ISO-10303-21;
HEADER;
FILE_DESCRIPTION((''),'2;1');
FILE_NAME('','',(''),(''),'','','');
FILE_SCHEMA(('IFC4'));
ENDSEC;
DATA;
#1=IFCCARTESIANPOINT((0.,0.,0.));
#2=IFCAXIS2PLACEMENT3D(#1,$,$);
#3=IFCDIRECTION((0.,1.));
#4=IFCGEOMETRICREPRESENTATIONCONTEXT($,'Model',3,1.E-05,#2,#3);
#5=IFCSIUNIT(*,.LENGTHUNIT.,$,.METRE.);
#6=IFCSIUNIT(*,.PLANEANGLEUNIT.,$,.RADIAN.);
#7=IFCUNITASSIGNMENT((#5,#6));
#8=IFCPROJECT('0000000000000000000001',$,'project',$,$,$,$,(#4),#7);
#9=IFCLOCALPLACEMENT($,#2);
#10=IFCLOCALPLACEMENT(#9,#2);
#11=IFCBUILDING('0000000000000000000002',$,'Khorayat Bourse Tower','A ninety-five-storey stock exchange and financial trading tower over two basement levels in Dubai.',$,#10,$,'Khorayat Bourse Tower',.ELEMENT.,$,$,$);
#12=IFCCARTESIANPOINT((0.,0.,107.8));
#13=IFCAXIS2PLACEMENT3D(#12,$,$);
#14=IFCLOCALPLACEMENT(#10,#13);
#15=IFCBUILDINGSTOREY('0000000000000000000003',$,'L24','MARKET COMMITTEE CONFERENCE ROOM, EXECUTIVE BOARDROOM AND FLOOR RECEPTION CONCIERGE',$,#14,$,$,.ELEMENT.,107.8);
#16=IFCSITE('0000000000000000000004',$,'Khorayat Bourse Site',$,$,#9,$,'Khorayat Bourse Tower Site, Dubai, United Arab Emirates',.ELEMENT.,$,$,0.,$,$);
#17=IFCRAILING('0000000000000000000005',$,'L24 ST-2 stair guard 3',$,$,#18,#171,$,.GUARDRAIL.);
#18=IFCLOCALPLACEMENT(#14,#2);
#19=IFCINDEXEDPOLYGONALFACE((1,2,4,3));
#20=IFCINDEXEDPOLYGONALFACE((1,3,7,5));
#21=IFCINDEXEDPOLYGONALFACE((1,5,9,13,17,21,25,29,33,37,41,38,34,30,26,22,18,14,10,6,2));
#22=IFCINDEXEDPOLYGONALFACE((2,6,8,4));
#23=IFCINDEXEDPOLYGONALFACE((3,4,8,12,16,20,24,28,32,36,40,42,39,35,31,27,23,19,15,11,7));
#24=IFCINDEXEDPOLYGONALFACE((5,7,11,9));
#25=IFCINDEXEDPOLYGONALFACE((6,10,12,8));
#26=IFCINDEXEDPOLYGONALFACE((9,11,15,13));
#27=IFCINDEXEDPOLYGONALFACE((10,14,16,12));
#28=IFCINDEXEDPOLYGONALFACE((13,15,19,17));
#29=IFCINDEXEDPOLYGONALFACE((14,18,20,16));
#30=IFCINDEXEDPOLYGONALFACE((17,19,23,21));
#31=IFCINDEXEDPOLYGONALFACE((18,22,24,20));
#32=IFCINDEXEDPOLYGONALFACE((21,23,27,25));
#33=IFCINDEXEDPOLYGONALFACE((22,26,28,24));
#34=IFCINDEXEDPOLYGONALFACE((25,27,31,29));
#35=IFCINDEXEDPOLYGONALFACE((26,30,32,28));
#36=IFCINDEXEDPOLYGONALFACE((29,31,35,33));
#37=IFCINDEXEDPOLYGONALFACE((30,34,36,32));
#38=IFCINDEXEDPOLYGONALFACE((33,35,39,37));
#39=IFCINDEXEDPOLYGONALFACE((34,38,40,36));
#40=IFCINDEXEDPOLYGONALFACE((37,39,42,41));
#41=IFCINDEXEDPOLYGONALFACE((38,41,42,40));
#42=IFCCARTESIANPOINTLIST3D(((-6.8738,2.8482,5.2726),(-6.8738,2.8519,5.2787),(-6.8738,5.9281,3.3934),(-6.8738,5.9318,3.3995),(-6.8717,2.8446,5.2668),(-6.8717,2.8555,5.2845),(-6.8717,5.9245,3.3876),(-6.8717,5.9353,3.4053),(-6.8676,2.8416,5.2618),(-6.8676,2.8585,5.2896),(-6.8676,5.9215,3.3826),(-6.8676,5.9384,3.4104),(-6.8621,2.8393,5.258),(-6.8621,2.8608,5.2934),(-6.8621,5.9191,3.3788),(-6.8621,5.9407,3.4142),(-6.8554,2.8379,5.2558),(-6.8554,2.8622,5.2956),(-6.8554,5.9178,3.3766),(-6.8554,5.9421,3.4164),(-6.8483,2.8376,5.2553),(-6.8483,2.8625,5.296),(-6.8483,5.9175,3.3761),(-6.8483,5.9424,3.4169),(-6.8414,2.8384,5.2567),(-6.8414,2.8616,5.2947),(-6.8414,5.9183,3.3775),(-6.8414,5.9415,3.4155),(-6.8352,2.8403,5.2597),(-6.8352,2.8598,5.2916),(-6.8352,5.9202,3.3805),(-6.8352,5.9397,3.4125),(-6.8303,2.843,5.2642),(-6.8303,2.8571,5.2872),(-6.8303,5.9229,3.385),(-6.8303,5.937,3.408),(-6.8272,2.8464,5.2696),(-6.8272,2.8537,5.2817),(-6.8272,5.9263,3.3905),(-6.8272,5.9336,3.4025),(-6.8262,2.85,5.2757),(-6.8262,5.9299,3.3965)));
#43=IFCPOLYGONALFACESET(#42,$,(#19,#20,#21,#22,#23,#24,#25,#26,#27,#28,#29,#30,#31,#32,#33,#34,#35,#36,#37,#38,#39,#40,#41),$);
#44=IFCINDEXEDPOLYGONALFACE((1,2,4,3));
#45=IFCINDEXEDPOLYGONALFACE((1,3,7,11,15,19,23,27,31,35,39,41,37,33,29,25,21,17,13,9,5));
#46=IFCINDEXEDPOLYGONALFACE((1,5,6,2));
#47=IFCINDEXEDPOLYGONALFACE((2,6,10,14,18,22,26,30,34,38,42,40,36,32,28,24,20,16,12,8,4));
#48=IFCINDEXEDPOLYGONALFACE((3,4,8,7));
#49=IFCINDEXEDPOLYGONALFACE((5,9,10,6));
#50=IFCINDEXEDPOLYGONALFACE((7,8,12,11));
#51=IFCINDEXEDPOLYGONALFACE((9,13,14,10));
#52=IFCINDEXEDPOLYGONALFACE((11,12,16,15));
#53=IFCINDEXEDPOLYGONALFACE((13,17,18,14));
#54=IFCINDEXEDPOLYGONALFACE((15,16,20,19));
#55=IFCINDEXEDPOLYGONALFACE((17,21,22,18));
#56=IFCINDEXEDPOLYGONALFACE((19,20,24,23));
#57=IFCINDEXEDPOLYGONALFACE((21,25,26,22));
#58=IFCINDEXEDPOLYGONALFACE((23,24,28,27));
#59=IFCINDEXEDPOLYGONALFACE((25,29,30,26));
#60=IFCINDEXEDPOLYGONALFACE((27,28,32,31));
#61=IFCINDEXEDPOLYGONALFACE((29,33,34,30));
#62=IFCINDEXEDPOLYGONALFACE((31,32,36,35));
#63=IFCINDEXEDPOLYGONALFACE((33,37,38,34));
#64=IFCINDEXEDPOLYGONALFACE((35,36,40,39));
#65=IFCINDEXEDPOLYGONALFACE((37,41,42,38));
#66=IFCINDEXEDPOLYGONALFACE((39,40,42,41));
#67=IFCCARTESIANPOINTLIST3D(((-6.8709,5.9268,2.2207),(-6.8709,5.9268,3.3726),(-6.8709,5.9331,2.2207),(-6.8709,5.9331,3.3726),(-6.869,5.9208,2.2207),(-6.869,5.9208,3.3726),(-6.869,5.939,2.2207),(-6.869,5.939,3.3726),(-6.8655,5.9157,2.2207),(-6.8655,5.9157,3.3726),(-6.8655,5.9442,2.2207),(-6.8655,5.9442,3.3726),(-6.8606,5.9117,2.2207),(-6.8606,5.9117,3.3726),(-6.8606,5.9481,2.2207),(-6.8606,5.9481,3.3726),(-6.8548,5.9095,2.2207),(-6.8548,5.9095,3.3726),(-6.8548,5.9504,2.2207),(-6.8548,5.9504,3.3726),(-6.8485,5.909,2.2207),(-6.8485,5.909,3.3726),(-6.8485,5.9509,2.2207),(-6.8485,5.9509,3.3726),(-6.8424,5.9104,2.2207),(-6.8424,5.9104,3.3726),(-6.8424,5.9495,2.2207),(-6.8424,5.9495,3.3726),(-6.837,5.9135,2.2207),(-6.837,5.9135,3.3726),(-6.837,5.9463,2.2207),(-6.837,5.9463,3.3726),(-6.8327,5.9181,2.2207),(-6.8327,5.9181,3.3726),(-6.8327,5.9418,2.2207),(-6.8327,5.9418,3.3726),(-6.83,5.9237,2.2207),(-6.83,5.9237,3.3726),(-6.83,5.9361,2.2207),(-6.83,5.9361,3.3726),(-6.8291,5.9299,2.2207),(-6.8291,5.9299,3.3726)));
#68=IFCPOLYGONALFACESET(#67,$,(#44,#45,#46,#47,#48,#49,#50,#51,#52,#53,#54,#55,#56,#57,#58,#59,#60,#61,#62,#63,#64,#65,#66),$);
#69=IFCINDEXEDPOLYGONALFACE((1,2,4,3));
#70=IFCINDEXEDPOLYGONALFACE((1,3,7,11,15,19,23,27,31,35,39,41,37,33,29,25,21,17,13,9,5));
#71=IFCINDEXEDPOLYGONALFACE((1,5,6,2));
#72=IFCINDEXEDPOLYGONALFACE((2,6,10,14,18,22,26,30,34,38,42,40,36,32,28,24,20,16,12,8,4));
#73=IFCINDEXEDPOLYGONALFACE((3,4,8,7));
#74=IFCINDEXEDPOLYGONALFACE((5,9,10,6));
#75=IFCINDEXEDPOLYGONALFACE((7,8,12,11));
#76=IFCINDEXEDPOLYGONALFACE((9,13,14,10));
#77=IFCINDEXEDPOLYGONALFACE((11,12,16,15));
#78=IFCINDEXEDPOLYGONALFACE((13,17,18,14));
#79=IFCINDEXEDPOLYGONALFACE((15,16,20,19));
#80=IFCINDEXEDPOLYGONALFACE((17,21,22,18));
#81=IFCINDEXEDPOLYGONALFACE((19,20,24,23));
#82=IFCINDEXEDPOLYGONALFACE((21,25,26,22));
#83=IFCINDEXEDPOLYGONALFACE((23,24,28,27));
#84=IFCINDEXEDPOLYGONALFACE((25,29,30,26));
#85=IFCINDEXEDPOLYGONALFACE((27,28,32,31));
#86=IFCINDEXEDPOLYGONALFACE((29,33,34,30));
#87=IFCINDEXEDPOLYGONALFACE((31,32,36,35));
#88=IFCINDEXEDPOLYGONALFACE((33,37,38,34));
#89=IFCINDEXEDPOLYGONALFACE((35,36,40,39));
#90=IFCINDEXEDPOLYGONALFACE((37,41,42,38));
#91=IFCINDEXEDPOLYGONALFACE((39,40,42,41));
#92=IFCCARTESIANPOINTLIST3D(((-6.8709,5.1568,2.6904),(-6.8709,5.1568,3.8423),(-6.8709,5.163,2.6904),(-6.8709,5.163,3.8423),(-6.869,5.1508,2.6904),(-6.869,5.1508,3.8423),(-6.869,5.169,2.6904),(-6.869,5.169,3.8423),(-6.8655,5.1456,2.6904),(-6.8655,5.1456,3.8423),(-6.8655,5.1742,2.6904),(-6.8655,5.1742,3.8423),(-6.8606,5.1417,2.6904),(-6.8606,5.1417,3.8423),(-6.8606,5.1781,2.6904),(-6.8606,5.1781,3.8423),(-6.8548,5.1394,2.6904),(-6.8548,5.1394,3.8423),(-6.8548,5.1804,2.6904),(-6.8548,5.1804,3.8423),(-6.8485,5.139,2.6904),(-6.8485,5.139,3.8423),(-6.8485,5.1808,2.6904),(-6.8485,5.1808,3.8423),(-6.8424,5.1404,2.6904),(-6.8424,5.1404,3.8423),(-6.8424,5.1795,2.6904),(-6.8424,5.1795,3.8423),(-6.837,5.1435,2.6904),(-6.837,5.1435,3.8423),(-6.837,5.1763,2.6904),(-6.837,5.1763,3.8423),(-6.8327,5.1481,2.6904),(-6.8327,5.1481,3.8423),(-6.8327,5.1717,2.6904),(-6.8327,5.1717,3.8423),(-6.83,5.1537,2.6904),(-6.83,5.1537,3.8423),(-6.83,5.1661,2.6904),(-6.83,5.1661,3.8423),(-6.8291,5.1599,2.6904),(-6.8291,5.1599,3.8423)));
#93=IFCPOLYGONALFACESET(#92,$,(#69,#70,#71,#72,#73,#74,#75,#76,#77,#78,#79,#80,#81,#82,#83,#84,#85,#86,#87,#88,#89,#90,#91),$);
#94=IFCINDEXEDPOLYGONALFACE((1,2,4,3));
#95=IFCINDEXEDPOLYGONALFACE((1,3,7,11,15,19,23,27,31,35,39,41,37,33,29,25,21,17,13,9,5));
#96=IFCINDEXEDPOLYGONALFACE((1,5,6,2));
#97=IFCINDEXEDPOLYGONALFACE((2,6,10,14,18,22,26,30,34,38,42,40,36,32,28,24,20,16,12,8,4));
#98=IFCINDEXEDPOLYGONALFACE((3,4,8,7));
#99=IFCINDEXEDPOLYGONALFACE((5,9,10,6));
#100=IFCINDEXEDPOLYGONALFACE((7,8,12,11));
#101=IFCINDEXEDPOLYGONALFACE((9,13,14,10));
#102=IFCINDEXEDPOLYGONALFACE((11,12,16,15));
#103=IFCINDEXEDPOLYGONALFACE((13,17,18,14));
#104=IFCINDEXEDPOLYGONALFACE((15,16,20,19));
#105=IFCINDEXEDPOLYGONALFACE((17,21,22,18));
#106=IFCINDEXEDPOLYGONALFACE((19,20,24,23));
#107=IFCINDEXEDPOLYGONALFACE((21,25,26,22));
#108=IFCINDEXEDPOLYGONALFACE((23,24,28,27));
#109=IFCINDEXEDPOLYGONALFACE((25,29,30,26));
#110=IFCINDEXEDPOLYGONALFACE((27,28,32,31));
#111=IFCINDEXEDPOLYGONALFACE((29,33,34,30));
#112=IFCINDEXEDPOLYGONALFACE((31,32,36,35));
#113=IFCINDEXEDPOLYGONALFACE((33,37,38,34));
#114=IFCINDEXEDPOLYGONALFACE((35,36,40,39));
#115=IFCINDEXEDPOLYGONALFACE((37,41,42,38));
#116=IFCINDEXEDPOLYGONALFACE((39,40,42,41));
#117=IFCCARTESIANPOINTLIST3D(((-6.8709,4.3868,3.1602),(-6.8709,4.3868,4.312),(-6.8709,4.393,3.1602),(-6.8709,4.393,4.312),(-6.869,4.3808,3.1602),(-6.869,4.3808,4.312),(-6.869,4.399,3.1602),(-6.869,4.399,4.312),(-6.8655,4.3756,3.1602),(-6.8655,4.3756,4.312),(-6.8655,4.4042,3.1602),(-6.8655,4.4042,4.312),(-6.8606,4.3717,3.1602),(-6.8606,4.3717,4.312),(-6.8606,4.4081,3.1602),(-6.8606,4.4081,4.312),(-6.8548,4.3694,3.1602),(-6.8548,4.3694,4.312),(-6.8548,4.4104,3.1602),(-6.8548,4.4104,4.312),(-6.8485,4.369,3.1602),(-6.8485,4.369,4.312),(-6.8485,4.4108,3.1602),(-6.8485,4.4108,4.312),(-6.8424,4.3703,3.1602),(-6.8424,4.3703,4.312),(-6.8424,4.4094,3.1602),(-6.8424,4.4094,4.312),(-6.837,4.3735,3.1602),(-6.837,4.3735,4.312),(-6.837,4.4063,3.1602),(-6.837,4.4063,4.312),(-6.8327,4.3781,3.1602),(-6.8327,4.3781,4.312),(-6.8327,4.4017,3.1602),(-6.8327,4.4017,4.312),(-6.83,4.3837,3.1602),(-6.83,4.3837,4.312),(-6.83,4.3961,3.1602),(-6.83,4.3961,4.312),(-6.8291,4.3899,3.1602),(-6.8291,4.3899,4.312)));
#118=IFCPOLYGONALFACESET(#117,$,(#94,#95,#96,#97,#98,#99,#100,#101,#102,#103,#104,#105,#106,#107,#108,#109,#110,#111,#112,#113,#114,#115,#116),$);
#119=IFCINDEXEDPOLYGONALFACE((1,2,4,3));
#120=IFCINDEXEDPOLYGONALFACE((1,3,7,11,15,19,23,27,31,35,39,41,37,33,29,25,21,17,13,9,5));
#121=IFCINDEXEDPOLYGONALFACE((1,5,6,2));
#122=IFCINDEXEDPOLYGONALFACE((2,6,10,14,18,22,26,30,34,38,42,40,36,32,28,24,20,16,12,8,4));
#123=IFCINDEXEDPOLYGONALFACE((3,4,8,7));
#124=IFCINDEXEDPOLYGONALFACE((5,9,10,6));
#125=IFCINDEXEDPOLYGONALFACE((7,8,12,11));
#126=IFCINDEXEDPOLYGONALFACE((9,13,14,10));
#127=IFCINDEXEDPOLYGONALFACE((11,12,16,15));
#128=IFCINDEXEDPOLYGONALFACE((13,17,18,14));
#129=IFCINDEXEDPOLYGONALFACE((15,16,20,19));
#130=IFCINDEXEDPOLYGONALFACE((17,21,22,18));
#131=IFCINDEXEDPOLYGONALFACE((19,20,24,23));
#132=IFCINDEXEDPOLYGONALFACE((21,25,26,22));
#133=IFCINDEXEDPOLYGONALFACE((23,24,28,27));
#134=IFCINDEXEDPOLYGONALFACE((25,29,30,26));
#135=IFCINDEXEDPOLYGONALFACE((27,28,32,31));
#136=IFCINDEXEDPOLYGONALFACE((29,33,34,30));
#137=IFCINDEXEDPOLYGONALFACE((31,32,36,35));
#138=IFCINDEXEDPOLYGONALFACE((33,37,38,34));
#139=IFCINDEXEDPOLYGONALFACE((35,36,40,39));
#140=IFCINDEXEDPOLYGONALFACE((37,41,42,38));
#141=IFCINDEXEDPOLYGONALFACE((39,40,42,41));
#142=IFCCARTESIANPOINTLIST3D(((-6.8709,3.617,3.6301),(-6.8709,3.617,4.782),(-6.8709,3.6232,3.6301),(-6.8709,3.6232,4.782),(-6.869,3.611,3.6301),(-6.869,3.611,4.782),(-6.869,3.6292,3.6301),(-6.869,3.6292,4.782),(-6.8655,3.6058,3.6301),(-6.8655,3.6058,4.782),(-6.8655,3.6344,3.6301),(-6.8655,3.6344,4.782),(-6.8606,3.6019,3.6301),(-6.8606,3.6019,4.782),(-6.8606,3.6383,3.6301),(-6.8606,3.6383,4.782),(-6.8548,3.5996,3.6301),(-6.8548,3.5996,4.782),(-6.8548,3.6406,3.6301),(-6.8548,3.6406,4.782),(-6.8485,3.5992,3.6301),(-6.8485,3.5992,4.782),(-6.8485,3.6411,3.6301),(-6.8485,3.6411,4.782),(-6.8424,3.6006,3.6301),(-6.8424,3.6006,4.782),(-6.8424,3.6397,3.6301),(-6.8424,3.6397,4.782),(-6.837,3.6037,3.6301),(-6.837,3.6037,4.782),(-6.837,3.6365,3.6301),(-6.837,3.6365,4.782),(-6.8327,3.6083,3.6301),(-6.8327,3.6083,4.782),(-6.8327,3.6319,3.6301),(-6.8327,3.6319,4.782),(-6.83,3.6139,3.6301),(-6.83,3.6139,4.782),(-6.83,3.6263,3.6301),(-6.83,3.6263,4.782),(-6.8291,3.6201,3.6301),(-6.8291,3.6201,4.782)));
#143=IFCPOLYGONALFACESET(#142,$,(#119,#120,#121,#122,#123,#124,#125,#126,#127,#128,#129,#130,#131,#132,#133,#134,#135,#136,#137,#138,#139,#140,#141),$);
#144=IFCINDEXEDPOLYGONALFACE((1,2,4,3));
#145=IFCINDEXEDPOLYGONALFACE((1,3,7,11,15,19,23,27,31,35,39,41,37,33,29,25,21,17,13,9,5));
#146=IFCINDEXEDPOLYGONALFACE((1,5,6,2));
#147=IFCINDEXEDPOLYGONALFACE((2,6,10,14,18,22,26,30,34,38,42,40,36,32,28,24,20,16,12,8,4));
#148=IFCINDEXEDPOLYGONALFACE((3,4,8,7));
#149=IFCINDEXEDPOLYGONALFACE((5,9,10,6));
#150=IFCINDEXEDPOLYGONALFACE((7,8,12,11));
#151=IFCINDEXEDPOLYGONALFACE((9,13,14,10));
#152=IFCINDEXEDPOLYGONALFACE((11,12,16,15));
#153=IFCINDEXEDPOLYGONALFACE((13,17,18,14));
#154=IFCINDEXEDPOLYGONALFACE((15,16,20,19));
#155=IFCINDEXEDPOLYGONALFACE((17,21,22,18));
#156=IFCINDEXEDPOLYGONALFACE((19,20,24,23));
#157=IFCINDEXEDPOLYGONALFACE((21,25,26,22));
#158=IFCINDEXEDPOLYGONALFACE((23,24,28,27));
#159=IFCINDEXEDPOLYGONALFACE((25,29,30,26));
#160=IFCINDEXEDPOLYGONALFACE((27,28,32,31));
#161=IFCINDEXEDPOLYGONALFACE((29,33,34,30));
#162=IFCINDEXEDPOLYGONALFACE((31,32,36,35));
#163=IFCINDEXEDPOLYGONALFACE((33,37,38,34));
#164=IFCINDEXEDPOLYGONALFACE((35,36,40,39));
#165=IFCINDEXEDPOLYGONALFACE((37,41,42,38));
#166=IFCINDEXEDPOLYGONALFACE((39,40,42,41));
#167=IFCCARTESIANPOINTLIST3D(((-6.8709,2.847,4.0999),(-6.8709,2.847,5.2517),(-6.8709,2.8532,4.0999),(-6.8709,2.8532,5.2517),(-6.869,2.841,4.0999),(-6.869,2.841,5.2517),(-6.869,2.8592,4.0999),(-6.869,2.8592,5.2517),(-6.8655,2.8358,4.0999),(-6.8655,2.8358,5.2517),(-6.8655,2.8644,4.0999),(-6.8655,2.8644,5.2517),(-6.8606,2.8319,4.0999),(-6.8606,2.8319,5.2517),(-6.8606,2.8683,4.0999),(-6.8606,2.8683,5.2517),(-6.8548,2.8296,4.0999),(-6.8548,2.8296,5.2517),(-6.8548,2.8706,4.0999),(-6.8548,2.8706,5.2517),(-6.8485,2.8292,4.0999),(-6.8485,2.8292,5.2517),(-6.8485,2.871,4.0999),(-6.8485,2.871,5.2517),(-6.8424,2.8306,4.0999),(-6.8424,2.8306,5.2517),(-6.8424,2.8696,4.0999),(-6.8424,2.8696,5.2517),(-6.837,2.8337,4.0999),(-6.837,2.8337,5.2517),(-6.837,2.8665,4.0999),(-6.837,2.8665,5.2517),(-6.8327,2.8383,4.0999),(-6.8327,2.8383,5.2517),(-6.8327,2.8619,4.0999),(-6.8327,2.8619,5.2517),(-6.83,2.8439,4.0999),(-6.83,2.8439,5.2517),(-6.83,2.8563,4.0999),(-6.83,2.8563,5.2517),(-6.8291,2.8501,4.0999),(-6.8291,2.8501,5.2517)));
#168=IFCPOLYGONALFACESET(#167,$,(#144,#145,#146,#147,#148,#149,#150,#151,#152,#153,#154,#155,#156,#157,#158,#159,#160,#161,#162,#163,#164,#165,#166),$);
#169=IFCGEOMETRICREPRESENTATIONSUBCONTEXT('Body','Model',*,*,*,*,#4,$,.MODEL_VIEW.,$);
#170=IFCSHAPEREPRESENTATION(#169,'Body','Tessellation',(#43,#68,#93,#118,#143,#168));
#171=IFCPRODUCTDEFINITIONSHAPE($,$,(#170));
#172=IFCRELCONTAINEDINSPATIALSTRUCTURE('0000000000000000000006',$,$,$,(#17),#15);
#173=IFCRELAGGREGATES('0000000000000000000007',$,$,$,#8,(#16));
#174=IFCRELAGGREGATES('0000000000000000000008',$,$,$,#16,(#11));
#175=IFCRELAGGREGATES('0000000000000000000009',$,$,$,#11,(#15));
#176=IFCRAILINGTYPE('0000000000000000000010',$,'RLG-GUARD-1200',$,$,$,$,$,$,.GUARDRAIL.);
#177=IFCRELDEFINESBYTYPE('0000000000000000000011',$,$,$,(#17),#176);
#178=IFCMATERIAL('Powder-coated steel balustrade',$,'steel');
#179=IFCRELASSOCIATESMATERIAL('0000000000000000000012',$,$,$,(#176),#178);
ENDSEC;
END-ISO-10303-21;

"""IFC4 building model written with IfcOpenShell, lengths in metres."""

from ifc_helpers import new_model, si_unit, direction, frame, origin, origin_2d, place, context, subcontext, project, spatial, circle, extrude, source, transform, mapped, material, type_object, element, save


model = new_model("IFC4")

# Units and contexts
model_context = context("Model", 3, precision=1e-05, world=origin(), true_north=direction((0.0, 1.0)))
body_context = subcontext(model_context, "Body", "Model", "MODEL_VIEW")
ifc_project = project(units=[si_unit("LENGTHUNIT", "METRE"), si_unit("PLANEANGLEUNIT", "RADIAN")], contexts=[model_context])

# Site, building, storey
site_placement = place(None, origin())
site = spatial("IfcSite", under=ifc_project, at=site_placement, Name="Khorayat Bourse Site", LongName="Khorayat Bourse Tower Site, Dubai, United Arab Emirates", CompositionType="ELEMENT", RefElevation=0.0)
building_placement = place(site_placement, origin())
building = spatial("IfcBuilding", under=site, at=building_placement, Name="Khorayat Bourse Tower", Description="A ninety-five-storey stock exchange and financial trading tower over two basement levels in Dubai.", LongName="Khorayat Bourse Tower", CompositionType="ELEMENT")
storey_placement = place(building_placement, frame((0.0, 0.0, 107.8)))
storey = spatial("IfcBuildingStorey", under=building, at=storey_placement, Name="L24", Description="MARKET COMMITTEE CONFERENCE ROOM, EXECUTIVE BOARDROOM AND FLOOR RECEPTION CONCIERGE", CompositionType="ELEMENT", Elevation=107.8)

# Railing
ifc_material_1 = material(Name="Powder-coated steel balustrade", Category="steel")
railing_type_1 = type_object("IfcRailingType", Name="RLG-GUARD-1200", PredefinedType="GUARDRAIL", material=ifc_material_1)
shared_shape_1 = source(origin(), body_context, "Body", "SweptSolid", [
    extrude(circle(Radius=0.0239, at=origin_2d()), frame((0.0, 0.0, 1.1758), z_axis=(0.0, -0.853648, 0.52085), x_axis=(1.0, 0.0, 0.0)), (0.0, 0.0, 1.0), 3.6079),
    extrude(circle(Radius=0.021, at=origin_2d()), origin(), (0.0, 0.0, 1.0), 1.1519),
    extrude(circle(Radius=0.021, at=origin_2d()), frame((0.0, -0.77, 0.4697)), (0.0, 0.0, 1.0), 1.1519),
    extrude(circle(Radius=0.021, at=origin_2d()), frame((0.0, -1.54, 0.9395)), (0.0, 0.0, 1.0), 1.1519),
    extrude(circle(Radius=0.021, at=origin_2d()), frame((0.0, -2.3098, 1.4094)), (0.0, 0.0, 1.0), 1.1519),
    extrude(circle(Radius=0.021, at=origin_2d()), frame((0.0, -3.0798, 1.8792)), (0.0, 0.0, 1.0), 1.1519),
])
railing_1_placement = place(storey_placement, frame((-6.8501, 5.9299, 2.2207)))
element("IfcRailing", 1, at=railing_1_placement, inside=storey, type_object=railing_type_1, Name="L24 ST-2 stair guard 3", PredefinedType="GUARDRAIL", context=body_context, shape_type="MappedRepresentation", body=[
    mapped(shared_shape_1, transform((0.0, 0.0, 0.0), scale=1.0)),
])

save(model, "model.ifc")
